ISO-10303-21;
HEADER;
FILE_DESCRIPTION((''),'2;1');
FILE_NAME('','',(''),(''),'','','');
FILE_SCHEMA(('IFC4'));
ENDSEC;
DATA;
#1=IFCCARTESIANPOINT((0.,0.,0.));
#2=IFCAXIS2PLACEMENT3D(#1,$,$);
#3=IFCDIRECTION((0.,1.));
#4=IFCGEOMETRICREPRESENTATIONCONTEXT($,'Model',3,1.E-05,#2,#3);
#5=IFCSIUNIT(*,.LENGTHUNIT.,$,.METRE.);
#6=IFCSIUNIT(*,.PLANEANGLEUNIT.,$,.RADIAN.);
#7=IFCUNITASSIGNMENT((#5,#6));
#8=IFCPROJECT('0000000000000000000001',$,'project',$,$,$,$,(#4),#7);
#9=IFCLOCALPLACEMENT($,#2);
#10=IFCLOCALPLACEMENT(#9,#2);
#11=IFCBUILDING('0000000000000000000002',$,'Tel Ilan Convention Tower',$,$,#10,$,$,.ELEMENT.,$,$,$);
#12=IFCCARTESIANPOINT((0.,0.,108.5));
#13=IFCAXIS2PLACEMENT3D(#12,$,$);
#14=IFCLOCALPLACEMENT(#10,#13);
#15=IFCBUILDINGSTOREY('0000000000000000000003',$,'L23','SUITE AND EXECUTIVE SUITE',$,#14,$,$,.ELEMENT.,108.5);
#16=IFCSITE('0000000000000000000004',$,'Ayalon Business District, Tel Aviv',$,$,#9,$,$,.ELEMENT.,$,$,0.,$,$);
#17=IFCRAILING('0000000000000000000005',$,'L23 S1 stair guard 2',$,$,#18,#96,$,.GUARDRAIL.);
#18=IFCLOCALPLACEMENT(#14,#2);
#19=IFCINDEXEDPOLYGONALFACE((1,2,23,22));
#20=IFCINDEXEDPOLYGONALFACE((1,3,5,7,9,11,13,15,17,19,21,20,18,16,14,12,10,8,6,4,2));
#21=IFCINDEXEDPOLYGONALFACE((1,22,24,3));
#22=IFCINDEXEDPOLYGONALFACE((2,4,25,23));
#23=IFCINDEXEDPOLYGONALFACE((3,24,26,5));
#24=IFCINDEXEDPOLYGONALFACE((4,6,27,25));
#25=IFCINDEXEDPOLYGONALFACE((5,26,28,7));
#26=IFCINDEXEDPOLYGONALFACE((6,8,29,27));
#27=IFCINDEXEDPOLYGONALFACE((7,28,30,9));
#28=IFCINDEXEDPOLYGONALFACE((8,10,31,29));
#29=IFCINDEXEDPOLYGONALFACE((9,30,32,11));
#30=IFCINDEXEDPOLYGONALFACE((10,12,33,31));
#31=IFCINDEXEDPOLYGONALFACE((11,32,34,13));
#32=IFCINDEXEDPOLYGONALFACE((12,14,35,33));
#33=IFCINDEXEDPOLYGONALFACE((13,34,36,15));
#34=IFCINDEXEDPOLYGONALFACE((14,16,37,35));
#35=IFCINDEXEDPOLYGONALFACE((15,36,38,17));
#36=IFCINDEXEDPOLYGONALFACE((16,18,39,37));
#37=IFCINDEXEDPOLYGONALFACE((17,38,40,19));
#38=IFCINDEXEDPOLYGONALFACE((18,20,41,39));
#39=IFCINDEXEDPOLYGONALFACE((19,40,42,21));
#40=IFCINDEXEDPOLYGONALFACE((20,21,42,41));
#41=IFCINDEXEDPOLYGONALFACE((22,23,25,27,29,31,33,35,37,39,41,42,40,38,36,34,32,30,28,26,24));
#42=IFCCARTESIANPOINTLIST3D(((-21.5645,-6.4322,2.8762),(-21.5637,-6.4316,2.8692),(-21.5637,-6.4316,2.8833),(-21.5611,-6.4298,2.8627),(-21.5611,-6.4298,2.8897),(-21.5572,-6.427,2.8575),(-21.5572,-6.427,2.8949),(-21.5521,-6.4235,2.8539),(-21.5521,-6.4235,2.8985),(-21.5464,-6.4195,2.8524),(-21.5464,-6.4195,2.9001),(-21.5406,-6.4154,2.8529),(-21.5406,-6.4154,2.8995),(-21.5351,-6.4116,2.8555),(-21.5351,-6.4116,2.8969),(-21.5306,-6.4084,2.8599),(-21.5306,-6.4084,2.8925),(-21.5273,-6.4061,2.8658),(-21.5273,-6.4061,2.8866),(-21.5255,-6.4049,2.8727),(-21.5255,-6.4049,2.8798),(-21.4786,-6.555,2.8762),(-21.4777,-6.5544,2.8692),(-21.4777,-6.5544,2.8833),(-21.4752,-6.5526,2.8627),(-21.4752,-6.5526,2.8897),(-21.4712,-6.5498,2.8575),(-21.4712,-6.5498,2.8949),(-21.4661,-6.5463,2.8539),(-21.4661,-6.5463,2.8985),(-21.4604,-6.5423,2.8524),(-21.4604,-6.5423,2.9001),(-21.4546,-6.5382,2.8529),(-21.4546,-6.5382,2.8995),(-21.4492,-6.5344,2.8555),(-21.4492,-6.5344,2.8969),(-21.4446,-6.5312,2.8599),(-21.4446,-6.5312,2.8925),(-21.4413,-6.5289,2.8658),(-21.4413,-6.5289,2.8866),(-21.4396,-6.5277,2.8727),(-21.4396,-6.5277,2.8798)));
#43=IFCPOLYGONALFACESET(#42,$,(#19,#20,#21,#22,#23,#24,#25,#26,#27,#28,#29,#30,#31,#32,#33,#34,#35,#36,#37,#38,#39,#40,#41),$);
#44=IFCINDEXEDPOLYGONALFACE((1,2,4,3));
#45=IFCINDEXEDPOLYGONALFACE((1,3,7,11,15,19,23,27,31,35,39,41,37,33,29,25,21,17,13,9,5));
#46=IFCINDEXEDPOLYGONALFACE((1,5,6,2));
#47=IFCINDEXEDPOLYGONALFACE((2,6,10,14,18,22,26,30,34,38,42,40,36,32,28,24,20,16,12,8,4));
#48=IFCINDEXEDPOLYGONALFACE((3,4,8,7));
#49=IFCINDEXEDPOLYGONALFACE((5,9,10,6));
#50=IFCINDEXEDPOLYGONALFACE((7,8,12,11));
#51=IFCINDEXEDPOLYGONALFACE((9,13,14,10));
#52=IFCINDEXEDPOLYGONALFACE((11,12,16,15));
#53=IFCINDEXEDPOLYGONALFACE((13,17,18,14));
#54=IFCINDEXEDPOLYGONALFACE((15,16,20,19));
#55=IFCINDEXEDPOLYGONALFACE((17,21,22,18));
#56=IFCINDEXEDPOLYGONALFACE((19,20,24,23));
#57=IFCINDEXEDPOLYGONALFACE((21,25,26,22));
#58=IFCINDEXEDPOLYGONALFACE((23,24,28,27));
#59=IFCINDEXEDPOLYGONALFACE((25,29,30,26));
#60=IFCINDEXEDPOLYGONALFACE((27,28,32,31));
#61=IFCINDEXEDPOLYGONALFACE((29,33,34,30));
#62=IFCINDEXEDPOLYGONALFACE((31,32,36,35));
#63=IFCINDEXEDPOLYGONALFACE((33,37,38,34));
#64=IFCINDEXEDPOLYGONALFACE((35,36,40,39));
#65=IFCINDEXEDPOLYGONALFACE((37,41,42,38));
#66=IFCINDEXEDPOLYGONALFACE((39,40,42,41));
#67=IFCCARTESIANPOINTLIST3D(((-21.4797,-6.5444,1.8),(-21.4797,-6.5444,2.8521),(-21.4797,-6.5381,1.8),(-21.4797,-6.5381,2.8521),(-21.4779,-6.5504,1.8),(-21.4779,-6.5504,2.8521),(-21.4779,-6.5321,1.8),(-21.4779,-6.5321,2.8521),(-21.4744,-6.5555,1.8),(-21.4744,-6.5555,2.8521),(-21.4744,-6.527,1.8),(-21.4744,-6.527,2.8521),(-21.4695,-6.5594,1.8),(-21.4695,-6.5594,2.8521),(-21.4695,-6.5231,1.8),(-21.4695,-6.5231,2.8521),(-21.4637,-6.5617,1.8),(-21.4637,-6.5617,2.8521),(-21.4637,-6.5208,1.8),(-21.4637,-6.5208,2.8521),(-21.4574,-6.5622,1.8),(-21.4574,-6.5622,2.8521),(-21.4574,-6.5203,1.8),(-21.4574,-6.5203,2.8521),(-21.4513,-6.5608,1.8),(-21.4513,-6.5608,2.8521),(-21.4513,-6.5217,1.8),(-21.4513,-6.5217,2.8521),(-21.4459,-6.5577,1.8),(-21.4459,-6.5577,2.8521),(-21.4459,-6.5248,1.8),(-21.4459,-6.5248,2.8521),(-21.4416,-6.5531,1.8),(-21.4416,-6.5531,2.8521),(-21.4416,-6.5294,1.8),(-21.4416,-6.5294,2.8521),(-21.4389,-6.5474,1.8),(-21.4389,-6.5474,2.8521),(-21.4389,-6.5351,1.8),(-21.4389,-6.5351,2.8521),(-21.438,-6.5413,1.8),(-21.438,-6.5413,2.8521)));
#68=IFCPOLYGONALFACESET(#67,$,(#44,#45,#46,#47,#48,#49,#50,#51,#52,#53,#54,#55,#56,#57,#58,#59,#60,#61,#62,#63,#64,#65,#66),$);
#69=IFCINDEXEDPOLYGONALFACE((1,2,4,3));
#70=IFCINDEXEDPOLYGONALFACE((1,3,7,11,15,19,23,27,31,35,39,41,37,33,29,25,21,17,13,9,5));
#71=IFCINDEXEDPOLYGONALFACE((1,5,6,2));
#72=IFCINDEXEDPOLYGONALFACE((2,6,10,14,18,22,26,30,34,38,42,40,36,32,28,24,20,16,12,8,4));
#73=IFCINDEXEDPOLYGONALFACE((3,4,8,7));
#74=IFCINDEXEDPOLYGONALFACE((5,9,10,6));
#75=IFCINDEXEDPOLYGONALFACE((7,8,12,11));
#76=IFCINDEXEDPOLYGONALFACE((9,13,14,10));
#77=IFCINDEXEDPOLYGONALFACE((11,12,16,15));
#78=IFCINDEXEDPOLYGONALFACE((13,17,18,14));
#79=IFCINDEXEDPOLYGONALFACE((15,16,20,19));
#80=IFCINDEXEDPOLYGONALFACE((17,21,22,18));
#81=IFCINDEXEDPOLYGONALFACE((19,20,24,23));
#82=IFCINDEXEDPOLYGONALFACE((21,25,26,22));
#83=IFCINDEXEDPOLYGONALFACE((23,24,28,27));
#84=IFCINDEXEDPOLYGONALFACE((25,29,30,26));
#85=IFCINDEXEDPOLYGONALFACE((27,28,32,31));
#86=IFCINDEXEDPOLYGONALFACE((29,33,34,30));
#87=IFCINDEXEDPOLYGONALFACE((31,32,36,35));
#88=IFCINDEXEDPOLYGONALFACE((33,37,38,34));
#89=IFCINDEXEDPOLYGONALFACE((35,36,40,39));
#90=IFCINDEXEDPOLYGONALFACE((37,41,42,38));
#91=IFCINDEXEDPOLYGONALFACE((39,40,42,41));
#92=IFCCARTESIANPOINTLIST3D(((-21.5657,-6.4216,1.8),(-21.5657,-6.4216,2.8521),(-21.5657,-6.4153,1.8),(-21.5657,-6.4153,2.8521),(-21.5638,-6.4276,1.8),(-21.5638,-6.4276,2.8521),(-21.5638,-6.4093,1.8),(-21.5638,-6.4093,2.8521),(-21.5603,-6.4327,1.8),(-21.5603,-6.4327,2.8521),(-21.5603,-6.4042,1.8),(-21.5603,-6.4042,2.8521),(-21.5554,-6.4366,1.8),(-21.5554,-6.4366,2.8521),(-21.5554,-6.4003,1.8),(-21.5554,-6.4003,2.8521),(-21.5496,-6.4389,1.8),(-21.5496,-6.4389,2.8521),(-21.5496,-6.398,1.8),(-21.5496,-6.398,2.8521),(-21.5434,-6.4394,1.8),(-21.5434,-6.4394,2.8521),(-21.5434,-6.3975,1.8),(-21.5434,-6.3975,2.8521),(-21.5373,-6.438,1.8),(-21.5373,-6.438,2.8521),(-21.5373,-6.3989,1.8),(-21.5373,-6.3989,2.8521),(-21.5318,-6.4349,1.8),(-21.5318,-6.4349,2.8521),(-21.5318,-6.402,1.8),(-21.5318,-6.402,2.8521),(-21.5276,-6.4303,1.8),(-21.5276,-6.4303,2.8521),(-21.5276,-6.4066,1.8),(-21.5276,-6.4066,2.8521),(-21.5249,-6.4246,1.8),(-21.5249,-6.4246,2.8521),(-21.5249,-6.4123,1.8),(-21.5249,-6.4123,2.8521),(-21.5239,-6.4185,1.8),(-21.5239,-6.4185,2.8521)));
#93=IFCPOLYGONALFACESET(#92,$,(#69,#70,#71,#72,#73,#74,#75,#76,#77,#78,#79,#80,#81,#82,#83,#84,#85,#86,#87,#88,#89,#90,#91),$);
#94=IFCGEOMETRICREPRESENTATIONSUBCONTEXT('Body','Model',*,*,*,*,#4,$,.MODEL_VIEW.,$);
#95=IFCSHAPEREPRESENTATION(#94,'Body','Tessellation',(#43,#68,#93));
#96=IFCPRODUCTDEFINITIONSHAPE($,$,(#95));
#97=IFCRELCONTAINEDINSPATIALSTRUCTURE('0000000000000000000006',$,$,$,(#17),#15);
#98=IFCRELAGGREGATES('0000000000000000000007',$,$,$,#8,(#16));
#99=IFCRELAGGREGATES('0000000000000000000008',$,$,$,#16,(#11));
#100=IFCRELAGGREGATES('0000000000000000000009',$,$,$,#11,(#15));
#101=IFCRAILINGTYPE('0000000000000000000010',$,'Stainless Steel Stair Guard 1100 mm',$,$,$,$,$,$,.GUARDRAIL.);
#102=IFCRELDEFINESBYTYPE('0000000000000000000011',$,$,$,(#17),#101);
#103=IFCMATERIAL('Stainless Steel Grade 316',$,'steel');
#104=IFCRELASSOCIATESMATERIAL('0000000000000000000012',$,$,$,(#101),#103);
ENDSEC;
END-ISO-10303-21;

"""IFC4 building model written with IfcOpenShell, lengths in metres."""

from ifc_helpers import new_model, si_unit, direction, frame, origin, origin_2d, place, context, subcontext, project, spatial, circle, extrude, material, type_object, element, save


model = new_model("IFC4")

# Units and contexts
model_context = context("Model", 3, precision=1e-05, world=origin(), true_north=direction((0.0, 1.0)))
body_context = subcontext(model_context, "Body", "Model", "MODEL_VIEW")
ifc_project = project(units=[si_unit("LENGTHUNIT", "METRE"), si_unit("PLANEANGLEUNIT", "RADIAN")], contexts=[model_context])

# Site, building, storey
site_placement = place(None, origin())
site = spatial("IfcSite", under=ifc_project, at=site_placement, Name="Ayalon Business District, Tel Aviv", CompositionType="ELEMENT", RefElevation=0.0)
building_placement = place(site_placement, origin())
building = spatial("IfcBuilding", under=site, at=building_placement, Name="Tel Ilan Convention Tower", CompositionType="ELEMENT")
storey_placement = place(building_placement, frame((0.0, 0.0, 108.5)))
storey = spatial("IfcBuildingStorey", under=building, at=storey_placement, Name="L23", Description="SUITE AND EXECUTIVE SUITE", CompositionType="ELEMENT", Elevation=108.5)

# Railing
ifc_material_1 = material(Name="Stainless Steel Grade 316", Category="steel")
railing_type_1 = type_object("IfcRailingType", Name="Stainless Steel Stair Guard 1100 mm", PredefinedType="GUARDRAIL", material=ifc_material_1)
railing_1_placement = place(storey_placement, frame((-21.459, -6.5413, 1.8)))
element("IfcRailing", 1, at=railing_1_placement, inside=storey, type_object=railing_type_1, Name="L23 S1 stair guard 2", PredefinedType="GUARDRAIL", context=body_context, shape_type="SweptSolid", body=[
    extrude(circle(Radius=0.0239, at=origin_2d()), frame((0.0, 0.0, 1.0762), z_axis=(-0.573353, 0.819308, 0.0), x_axis=(-0.819308, -0.573353, 0.0)), (0.0, 0.0, 1.0), 0.1499),
    extrude(circle(Radius=0.021, at=origin_2d()), origin(), (0.0, 0.0, 1.0), 1.052),
    extrude(circle(Radius=0.021, at=origin_2d()), frame((-0.0859, 0.1228, 0.0)), (0.0, 0.0, 1.0), 1.052),
])

save(model, "model.ifc")
